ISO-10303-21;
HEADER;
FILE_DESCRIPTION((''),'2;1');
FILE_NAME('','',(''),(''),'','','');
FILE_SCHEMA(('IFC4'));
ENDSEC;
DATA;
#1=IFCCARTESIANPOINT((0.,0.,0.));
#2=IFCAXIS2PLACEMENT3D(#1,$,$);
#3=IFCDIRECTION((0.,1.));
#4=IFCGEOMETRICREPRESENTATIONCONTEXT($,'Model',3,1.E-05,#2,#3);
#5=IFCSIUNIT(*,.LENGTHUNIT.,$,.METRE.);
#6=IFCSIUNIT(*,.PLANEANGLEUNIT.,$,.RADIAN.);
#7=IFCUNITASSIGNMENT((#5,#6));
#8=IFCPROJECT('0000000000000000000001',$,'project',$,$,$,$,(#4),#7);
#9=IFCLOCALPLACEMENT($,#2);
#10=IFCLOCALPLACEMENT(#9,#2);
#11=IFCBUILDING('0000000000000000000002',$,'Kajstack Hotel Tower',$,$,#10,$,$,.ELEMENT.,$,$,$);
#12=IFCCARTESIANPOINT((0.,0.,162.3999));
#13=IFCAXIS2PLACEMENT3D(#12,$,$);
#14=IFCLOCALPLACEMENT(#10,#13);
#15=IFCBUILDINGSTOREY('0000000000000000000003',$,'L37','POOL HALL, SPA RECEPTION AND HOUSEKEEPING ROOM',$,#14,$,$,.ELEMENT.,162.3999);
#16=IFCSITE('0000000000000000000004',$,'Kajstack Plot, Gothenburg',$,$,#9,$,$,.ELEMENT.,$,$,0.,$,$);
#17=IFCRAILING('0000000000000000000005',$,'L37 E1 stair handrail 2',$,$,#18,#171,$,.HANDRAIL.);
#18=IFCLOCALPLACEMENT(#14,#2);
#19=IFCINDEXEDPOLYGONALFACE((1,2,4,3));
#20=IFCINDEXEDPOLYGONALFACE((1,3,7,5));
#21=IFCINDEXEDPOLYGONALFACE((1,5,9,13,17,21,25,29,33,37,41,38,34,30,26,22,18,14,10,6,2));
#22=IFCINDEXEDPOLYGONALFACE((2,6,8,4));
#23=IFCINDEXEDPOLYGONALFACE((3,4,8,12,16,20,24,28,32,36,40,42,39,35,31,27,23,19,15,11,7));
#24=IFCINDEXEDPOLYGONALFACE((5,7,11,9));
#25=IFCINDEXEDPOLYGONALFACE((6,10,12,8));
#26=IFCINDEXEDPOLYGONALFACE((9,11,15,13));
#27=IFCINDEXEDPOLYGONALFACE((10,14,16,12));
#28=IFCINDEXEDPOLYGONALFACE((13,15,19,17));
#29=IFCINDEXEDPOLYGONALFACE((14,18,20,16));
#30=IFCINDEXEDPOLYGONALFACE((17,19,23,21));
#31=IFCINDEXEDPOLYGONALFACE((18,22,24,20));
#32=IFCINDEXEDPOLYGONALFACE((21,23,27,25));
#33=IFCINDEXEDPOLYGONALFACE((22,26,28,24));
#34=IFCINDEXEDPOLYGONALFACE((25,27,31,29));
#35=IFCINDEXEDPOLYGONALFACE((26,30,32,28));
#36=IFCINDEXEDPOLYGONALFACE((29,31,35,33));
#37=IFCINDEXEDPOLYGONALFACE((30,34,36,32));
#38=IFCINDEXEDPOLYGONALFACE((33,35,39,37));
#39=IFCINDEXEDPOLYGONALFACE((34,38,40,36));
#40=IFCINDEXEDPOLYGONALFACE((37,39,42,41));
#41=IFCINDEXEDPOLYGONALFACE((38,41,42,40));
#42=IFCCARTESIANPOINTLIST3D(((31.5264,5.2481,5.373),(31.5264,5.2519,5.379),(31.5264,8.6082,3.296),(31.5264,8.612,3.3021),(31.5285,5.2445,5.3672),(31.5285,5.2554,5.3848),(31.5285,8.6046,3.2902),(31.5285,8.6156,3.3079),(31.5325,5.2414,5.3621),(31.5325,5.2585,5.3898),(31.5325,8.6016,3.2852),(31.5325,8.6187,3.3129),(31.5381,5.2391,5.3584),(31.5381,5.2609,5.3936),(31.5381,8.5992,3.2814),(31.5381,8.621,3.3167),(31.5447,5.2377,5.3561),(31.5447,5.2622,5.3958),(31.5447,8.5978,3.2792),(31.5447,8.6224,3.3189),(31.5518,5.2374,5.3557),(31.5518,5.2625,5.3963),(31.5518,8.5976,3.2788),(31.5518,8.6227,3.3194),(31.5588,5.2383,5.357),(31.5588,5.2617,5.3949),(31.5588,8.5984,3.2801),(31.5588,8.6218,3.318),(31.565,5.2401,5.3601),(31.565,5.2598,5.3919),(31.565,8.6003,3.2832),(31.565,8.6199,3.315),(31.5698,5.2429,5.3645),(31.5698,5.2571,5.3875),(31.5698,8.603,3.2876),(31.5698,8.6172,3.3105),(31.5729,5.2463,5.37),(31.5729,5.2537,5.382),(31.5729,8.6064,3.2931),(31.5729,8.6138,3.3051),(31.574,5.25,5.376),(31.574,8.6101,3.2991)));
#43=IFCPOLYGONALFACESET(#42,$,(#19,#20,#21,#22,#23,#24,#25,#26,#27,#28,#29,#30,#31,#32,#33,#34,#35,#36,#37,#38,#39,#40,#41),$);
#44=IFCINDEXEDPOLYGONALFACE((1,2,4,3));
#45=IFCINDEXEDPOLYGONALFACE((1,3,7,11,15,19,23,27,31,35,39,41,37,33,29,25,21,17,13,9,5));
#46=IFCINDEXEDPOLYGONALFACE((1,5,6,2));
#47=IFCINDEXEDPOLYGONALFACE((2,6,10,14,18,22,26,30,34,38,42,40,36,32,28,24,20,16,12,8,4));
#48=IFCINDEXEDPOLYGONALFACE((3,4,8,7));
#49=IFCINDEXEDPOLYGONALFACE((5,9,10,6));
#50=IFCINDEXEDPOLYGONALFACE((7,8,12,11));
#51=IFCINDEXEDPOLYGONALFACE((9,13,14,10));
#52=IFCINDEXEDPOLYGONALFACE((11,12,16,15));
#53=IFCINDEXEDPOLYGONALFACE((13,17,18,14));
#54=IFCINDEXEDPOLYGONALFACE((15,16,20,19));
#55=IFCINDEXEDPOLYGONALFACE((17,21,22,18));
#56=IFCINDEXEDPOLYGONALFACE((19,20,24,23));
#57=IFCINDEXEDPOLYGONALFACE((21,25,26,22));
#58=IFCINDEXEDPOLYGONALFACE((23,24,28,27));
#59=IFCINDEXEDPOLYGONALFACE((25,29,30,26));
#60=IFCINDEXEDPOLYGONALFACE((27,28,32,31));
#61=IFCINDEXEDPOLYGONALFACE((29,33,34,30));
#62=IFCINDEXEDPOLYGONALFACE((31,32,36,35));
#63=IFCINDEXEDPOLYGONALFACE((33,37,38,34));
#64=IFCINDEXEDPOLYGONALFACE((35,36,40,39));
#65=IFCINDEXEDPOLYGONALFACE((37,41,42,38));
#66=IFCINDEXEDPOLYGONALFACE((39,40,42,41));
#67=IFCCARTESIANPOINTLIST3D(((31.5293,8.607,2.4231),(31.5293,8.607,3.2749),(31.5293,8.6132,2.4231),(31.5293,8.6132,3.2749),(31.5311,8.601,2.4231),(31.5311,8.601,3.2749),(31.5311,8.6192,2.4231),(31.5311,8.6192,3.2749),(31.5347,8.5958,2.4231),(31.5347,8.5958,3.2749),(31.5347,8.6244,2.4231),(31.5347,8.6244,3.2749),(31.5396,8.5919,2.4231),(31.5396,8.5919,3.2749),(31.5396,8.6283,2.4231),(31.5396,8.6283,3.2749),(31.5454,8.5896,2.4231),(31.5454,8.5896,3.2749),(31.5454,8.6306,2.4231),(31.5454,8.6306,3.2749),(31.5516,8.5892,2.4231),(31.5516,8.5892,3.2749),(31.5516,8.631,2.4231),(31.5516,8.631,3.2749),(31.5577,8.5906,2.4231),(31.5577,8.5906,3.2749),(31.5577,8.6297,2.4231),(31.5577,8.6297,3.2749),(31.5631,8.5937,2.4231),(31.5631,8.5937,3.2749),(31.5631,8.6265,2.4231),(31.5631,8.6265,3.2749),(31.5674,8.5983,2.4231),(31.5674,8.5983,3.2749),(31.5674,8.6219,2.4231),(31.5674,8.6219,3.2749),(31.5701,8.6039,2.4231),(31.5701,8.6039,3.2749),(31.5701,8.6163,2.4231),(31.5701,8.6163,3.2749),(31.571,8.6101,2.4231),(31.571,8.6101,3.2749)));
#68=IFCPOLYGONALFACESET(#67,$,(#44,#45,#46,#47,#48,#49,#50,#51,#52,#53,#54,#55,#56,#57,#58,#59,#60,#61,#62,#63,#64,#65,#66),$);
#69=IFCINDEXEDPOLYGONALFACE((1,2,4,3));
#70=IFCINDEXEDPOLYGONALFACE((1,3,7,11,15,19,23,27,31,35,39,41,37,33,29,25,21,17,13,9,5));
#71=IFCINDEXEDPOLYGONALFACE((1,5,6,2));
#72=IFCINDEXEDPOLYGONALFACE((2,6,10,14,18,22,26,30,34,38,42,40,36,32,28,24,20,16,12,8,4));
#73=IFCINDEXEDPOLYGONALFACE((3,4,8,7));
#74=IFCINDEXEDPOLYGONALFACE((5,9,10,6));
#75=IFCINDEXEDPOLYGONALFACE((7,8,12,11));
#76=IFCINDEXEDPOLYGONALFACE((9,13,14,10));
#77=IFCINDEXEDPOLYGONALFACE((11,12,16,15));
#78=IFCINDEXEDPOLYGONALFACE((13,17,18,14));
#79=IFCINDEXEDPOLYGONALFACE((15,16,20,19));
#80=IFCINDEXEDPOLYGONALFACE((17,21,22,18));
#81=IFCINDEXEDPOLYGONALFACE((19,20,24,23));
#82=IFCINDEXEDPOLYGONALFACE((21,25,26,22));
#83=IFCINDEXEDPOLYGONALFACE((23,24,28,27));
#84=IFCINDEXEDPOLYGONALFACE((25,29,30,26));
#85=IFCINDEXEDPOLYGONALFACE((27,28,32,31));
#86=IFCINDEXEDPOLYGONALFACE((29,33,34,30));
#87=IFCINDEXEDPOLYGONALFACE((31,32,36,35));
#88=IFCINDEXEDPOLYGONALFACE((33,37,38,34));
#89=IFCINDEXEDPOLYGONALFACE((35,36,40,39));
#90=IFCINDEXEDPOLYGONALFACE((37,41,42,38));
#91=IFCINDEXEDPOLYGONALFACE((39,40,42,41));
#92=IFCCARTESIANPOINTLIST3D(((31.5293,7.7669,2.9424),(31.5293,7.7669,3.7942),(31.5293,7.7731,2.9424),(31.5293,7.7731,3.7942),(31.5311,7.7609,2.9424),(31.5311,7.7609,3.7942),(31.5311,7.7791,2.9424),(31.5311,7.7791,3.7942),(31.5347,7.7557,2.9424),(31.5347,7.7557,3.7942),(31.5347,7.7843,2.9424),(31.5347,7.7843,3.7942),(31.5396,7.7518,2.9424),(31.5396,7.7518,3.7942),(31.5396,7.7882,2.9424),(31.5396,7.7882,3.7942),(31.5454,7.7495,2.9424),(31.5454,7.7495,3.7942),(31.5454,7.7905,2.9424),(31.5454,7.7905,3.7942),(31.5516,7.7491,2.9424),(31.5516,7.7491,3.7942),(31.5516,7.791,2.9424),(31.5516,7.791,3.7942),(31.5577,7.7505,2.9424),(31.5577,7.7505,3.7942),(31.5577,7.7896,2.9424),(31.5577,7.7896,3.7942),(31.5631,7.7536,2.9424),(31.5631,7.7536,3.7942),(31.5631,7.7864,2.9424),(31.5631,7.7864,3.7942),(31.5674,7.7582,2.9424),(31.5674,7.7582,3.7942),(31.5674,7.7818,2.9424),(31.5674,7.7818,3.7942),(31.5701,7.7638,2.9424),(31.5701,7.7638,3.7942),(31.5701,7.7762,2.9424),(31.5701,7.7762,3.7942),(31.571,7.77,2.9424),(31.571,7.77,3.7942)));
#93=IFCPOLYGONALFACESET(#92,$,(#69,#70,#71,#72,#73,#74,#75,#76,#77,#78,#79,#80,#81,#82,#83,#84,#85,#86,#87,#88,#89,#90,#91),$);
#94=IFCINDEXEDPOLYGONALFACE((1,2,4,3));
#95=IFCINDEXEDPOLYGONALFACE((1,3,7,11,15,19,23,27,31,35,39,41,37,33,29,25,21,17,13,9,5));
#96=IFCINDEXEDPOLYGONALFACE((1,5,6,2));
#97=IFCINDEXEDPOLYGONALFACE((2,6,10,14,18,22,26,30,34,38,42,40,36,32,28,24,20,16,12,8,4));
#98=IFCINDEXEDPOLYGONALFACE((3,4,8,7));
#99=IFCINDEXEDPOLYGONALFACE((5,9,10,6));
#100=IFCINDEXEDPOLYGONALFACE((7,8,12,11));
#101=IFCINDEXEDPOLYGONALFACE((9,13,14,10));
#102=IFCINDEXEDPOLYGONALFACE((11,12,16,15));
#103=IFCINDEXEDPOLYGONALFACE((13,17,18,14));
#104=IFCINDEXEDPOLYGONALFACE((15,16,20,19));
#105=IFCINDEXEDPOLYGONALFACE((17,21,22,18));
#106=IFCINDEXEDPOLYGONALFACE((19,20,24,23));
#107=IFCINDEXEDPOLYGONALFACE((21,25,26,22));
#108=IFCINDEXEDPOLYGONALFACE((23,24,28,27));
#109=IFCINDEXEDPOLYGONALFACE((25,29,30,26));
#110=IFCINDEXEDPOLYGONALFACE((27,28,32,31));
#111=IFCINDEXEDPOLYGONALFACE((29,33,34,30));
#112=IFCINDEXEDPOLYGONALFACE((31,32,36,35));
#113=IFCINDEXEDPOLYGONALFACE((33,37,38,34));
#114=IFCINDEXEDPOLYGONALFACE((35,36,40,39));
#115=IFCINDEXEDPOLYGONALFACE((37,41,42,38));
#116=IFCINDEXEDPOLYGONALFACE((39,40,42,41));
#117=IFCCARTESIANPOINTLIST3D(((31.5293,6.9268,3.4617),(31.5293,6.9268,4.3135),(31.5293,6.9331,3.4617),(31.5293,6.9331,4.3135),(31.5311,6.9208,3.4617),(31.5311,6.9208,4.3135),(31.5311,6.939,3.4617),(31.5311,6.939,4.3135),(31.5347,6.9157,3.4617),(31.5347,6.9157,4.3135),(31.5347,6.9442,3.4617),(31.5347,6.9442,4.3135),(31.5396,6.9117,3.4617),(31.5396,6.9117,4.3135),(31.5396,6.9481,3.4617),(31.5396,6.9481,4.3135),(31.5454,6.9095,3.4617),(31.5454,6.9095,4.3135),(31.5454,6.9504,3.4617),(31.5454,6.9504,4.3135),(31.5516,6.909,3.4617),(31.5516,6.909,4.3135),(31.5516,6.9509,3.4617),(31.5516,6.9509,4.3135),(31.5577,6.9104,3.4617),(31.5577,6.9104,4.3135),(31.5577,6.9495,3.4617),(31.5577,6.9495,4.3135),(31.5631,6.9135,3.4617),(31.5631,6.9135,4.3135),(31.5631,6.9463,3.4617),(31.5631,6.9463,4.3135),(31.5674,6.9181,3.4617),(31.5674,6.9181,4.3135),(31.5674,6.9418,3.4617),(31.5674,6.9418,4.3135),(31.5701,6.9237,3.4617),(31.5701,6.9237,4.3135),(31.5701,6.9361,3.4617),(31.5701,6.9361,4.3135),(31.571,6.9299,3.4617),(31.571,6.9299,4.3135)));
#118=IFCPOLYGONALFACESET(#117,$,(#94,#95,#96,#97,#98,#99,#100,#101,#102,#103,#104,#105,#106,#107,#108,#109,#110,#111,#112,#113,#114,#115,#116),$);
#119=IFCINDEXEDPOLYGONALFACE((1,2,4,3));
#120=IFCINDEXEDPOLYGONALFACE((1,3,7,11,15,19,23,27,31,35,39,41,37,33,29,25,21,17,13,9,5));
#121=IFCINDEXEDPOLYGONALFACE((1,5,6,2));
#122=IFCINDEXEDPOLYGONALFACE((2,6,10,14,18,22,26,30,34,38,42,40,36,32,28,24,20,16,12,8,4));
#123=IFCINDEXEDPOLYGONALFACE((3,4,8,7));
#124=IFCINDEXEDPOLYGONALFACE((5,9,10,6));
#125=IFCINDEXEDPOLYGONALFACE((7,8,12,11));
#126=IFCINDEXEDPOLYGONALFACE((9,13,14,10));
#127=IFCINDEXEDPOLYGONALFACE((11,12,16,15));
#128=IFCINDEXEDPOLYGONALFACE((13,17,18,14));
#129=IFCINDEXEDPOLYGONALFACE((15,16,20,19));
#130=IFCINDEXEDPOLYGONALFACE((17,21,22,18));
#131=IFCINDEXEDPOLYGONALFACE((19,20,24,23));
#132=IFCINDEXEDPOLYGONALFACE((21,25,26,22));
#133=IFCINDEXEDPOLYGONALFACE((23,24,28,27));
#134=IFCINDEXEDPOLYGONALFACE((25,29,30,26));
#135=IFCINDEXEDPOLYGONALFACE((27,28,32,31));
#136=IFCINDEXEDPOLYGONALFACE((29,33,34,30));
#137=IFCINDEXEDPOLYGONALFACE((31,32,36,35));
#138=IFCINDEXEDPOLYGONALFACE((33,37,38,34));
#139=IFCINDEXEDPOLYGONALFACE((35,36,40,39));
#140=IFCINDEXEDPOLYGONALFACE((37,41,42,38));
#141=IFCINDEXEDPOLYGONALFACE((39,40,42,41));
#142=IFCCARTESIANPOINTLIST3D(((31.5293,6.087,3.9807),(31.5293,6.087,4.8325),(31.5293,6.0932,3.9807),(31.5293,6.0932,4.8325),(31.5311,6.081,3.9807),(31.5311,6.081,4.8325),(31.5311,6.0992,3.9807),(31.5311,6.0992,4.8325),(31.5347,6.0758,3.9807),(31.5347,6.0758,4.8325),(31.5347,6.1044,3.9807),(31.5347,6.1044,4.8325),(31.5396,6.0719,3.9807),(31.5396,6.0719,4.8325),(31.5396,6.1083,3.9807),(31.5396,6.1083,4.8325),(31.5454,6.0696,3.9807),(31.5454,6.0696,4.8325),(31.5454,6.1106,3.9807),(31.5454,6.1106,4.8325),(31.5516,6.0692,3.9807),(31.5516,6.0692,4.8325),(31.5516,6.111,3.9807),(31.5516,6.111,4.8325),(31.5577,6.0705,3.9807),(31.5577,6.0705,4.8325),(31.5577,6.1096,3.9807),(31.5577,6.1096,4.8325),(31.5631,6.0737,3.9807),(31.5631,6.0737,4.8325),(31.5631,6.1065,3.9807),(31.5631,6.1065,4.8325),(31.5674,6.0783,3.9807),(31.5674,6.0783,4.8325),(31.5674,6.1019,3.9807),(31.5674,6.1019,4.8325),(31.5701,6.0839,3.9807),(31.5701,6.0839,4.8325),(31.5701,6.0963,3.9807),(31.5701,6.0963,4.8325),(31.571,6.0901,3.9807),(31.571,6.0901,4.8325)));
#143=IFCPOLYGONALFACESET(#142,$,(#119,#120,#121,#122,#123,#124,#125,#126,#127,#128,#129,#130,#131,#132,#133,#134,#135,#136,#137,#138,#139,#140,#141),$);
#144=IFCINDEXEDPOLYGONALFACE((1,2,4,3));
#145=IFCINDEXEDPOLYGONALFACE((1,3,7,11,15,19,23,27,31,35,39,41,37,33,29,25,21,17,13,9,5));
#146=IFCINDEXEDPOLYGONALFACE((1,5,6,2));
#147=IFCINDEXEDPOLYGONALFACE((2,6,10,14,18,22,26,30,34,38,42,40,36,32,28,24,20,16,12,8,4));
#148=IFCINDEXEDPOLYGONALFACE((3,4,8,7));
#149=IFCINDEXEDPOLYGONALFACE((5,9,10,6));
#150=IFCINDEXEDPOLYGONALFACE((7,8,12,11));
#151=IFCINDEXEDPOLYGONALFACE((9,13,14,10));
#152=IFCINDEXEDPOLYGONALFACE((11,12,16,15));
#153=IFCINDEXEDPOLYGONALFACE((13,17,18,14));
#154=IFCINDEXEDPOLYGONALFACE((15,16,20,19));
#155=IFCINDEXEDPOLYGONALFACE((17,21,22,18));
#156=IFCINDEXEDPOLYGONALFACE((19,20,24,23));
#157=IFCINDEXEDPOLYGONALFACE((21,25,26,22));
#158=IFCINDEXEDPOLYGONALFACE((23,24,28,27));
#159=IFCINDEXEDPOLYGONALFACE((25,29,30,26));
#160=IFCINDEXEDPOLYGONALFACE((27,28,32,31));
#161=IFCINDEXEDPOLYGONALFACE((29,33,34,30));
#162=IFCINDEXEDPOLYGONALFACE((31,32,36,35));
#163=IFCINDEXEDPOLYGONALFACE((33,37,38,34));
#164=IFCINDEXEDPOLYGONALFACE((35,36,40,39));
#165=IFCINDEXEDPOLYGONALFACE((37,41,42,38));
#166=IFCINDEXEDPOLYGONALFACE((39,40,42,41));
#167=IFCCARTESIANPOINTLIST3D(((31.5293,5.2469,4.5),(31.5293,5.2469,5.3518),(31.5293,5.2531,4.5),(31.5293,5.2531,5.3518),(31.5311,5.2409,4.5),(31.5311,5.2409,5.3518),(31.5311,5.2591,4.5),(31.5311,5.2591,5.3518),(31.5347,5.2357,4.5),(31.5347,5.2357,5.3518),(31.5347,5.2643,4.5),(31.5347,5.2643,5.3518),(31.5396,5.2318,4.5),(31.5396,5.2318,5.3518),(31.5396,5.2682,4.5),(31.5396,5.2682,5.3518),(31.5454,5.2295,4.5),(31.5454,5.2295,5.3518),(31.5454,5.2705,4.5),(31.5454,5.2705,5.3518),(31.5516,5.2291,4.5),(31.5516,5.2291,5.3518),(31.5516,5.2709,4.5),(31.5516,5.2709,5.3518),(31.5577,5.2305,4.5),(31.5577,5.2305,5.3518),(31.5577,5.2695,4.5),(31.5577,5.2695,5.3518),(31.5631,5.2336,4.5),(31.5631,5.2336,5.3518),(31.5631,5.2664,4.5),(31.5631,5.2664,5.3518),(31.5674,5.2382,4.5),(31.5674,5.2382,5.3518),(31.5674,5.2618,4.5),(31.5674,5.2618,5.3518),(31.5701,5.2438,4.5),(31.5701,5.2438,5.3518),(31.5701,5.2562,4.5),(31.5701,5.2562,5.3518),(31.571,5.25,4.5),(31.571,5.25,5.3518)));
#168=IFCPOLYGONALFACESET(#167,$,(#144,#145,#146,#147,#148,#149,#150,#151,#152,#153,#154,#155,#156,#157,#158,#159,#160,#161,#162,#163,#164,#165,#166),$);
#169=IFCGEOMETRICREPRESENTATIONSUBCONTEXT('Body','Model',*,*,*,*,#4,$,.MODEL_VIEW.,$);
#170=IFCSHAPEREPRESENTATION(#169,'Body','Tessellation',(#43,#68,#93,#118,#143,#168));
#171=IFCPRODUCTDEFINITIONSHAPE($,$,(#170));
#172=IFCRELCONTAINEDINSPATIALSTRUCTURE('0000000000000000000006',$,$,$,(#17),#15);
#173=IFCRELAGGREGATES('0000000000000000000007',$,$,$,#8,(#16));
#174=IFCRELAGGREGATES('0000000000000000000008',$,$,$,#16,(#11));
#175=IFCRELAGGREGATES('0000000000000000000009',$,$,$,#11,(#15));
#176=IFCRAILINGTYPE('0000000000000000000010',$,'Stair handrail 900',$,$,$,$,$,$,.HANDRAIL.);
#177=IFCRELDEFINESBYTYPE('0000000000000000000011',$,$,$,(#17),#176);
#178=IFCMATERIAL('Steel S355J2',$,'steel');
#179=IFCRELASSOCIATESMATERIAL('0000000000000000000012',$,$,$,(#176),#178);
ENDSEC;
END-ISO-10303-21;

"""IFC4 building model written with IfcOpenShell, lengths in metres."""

from ifc_helpers import new_model, si_unit, direction, frame, origin, origin_2d, place, context, subcontext, project, spatial, circle, extrude, material, type_object, element, save


model = new_model("IFC4")

# Units and contexts
model_context = context("Model", 3, precision=1e-05, world=origin(), true_north=direction((0.0, 1.0)))
body_context = subcontext(model_context, "Body", "Model", "MODEL_VIEW")
ifc_project = project(units=[si_unit("LENGTHUNIT", "METRE"), si_unit("PLANEANGLEUNIT", "RADIAN")], contexts=[model_context])

# Site, building, storey
site_placement = place(None, origin())
site = spatial("IfcSite", under=ifc_project, at=site_placement, Name="Kajstack Plot, Gothenburg", CompositionType="ELEMENT", RefElevation=0.0)
building_placement = place(site_placement, origin())
building = spatial("IfcBuilding", under=site, at=building_placement, Name="Kajstack Hotel Tower", CompositionType="ELEMENT")
storey_placement = place(building_placement, frame((0.0, 0.0, 162.3999)))
storey = spatial("IfcBuildingStorey", under=building, at=storey_placement, Name="L37", Description="POOL HALL, SPA RECEPTION AND HOUSEKEEPING ROOM", CompositionType="ELEMENT", Elevation=162.3999)

# Railing
ifc_material_1 = material(Name="Steel S355J2", Category="steel")
railing_type_1 = type_object("IfcRailingType", Name="Stair handrail 900", PredefinedType="HANDRAIL", material=ifc_material_1)
railing_1_placement = place(storey_placement, frame((31.55, 8.6101, 2.4231)))
element("IfcRailing", 1, at=railing_1_placement, inside=storey, type_object=railing_type_1, Name="L37 E1 stair handrail 2", PredefinedType="HANDRAIL", context=body_context, shape_type="SweptSolid", body=[
    extrude(circle(Radius=0.0239, at=origin_2d()), frame((0.0, 0.0, 0.876), z_axis=(0.0, -0.850623, 0.525776), x_axis=(1.0, 0.0, 0.0)), (0.0, 0.0, 1.0), 3.9502),
    extrude(circle(Radius=0.021, at=origin_2d()), origin(), (0.0, 0.0, 1.0), 0.8518),
    extrude(circle(Radius=0.021, at=origin_2d()), frame((0.0, -0.8401, 0.5193)), (0.0, 0.0, 1.0), 0.8518),
    extrude(circle(Radius=0.021, at=origin_2d()), frame((0.0, -1.6802, 1.0386)), (0.0, 0.0, 1.0), 0.8518),
    extrude(circle(Radius=0.021, at=origin_2d()), frame((0.0, -2.52, 1.5576)), (0.0, 0.0, 1.0), 0.8518),
    extrude(circle(Radius=0.021, at=origin_2d()), frame((0.0, -3.3601, 2.0769)), (0.0, 0.0, 1.0), 0.8518),
])

save(model, "model.ifc")
